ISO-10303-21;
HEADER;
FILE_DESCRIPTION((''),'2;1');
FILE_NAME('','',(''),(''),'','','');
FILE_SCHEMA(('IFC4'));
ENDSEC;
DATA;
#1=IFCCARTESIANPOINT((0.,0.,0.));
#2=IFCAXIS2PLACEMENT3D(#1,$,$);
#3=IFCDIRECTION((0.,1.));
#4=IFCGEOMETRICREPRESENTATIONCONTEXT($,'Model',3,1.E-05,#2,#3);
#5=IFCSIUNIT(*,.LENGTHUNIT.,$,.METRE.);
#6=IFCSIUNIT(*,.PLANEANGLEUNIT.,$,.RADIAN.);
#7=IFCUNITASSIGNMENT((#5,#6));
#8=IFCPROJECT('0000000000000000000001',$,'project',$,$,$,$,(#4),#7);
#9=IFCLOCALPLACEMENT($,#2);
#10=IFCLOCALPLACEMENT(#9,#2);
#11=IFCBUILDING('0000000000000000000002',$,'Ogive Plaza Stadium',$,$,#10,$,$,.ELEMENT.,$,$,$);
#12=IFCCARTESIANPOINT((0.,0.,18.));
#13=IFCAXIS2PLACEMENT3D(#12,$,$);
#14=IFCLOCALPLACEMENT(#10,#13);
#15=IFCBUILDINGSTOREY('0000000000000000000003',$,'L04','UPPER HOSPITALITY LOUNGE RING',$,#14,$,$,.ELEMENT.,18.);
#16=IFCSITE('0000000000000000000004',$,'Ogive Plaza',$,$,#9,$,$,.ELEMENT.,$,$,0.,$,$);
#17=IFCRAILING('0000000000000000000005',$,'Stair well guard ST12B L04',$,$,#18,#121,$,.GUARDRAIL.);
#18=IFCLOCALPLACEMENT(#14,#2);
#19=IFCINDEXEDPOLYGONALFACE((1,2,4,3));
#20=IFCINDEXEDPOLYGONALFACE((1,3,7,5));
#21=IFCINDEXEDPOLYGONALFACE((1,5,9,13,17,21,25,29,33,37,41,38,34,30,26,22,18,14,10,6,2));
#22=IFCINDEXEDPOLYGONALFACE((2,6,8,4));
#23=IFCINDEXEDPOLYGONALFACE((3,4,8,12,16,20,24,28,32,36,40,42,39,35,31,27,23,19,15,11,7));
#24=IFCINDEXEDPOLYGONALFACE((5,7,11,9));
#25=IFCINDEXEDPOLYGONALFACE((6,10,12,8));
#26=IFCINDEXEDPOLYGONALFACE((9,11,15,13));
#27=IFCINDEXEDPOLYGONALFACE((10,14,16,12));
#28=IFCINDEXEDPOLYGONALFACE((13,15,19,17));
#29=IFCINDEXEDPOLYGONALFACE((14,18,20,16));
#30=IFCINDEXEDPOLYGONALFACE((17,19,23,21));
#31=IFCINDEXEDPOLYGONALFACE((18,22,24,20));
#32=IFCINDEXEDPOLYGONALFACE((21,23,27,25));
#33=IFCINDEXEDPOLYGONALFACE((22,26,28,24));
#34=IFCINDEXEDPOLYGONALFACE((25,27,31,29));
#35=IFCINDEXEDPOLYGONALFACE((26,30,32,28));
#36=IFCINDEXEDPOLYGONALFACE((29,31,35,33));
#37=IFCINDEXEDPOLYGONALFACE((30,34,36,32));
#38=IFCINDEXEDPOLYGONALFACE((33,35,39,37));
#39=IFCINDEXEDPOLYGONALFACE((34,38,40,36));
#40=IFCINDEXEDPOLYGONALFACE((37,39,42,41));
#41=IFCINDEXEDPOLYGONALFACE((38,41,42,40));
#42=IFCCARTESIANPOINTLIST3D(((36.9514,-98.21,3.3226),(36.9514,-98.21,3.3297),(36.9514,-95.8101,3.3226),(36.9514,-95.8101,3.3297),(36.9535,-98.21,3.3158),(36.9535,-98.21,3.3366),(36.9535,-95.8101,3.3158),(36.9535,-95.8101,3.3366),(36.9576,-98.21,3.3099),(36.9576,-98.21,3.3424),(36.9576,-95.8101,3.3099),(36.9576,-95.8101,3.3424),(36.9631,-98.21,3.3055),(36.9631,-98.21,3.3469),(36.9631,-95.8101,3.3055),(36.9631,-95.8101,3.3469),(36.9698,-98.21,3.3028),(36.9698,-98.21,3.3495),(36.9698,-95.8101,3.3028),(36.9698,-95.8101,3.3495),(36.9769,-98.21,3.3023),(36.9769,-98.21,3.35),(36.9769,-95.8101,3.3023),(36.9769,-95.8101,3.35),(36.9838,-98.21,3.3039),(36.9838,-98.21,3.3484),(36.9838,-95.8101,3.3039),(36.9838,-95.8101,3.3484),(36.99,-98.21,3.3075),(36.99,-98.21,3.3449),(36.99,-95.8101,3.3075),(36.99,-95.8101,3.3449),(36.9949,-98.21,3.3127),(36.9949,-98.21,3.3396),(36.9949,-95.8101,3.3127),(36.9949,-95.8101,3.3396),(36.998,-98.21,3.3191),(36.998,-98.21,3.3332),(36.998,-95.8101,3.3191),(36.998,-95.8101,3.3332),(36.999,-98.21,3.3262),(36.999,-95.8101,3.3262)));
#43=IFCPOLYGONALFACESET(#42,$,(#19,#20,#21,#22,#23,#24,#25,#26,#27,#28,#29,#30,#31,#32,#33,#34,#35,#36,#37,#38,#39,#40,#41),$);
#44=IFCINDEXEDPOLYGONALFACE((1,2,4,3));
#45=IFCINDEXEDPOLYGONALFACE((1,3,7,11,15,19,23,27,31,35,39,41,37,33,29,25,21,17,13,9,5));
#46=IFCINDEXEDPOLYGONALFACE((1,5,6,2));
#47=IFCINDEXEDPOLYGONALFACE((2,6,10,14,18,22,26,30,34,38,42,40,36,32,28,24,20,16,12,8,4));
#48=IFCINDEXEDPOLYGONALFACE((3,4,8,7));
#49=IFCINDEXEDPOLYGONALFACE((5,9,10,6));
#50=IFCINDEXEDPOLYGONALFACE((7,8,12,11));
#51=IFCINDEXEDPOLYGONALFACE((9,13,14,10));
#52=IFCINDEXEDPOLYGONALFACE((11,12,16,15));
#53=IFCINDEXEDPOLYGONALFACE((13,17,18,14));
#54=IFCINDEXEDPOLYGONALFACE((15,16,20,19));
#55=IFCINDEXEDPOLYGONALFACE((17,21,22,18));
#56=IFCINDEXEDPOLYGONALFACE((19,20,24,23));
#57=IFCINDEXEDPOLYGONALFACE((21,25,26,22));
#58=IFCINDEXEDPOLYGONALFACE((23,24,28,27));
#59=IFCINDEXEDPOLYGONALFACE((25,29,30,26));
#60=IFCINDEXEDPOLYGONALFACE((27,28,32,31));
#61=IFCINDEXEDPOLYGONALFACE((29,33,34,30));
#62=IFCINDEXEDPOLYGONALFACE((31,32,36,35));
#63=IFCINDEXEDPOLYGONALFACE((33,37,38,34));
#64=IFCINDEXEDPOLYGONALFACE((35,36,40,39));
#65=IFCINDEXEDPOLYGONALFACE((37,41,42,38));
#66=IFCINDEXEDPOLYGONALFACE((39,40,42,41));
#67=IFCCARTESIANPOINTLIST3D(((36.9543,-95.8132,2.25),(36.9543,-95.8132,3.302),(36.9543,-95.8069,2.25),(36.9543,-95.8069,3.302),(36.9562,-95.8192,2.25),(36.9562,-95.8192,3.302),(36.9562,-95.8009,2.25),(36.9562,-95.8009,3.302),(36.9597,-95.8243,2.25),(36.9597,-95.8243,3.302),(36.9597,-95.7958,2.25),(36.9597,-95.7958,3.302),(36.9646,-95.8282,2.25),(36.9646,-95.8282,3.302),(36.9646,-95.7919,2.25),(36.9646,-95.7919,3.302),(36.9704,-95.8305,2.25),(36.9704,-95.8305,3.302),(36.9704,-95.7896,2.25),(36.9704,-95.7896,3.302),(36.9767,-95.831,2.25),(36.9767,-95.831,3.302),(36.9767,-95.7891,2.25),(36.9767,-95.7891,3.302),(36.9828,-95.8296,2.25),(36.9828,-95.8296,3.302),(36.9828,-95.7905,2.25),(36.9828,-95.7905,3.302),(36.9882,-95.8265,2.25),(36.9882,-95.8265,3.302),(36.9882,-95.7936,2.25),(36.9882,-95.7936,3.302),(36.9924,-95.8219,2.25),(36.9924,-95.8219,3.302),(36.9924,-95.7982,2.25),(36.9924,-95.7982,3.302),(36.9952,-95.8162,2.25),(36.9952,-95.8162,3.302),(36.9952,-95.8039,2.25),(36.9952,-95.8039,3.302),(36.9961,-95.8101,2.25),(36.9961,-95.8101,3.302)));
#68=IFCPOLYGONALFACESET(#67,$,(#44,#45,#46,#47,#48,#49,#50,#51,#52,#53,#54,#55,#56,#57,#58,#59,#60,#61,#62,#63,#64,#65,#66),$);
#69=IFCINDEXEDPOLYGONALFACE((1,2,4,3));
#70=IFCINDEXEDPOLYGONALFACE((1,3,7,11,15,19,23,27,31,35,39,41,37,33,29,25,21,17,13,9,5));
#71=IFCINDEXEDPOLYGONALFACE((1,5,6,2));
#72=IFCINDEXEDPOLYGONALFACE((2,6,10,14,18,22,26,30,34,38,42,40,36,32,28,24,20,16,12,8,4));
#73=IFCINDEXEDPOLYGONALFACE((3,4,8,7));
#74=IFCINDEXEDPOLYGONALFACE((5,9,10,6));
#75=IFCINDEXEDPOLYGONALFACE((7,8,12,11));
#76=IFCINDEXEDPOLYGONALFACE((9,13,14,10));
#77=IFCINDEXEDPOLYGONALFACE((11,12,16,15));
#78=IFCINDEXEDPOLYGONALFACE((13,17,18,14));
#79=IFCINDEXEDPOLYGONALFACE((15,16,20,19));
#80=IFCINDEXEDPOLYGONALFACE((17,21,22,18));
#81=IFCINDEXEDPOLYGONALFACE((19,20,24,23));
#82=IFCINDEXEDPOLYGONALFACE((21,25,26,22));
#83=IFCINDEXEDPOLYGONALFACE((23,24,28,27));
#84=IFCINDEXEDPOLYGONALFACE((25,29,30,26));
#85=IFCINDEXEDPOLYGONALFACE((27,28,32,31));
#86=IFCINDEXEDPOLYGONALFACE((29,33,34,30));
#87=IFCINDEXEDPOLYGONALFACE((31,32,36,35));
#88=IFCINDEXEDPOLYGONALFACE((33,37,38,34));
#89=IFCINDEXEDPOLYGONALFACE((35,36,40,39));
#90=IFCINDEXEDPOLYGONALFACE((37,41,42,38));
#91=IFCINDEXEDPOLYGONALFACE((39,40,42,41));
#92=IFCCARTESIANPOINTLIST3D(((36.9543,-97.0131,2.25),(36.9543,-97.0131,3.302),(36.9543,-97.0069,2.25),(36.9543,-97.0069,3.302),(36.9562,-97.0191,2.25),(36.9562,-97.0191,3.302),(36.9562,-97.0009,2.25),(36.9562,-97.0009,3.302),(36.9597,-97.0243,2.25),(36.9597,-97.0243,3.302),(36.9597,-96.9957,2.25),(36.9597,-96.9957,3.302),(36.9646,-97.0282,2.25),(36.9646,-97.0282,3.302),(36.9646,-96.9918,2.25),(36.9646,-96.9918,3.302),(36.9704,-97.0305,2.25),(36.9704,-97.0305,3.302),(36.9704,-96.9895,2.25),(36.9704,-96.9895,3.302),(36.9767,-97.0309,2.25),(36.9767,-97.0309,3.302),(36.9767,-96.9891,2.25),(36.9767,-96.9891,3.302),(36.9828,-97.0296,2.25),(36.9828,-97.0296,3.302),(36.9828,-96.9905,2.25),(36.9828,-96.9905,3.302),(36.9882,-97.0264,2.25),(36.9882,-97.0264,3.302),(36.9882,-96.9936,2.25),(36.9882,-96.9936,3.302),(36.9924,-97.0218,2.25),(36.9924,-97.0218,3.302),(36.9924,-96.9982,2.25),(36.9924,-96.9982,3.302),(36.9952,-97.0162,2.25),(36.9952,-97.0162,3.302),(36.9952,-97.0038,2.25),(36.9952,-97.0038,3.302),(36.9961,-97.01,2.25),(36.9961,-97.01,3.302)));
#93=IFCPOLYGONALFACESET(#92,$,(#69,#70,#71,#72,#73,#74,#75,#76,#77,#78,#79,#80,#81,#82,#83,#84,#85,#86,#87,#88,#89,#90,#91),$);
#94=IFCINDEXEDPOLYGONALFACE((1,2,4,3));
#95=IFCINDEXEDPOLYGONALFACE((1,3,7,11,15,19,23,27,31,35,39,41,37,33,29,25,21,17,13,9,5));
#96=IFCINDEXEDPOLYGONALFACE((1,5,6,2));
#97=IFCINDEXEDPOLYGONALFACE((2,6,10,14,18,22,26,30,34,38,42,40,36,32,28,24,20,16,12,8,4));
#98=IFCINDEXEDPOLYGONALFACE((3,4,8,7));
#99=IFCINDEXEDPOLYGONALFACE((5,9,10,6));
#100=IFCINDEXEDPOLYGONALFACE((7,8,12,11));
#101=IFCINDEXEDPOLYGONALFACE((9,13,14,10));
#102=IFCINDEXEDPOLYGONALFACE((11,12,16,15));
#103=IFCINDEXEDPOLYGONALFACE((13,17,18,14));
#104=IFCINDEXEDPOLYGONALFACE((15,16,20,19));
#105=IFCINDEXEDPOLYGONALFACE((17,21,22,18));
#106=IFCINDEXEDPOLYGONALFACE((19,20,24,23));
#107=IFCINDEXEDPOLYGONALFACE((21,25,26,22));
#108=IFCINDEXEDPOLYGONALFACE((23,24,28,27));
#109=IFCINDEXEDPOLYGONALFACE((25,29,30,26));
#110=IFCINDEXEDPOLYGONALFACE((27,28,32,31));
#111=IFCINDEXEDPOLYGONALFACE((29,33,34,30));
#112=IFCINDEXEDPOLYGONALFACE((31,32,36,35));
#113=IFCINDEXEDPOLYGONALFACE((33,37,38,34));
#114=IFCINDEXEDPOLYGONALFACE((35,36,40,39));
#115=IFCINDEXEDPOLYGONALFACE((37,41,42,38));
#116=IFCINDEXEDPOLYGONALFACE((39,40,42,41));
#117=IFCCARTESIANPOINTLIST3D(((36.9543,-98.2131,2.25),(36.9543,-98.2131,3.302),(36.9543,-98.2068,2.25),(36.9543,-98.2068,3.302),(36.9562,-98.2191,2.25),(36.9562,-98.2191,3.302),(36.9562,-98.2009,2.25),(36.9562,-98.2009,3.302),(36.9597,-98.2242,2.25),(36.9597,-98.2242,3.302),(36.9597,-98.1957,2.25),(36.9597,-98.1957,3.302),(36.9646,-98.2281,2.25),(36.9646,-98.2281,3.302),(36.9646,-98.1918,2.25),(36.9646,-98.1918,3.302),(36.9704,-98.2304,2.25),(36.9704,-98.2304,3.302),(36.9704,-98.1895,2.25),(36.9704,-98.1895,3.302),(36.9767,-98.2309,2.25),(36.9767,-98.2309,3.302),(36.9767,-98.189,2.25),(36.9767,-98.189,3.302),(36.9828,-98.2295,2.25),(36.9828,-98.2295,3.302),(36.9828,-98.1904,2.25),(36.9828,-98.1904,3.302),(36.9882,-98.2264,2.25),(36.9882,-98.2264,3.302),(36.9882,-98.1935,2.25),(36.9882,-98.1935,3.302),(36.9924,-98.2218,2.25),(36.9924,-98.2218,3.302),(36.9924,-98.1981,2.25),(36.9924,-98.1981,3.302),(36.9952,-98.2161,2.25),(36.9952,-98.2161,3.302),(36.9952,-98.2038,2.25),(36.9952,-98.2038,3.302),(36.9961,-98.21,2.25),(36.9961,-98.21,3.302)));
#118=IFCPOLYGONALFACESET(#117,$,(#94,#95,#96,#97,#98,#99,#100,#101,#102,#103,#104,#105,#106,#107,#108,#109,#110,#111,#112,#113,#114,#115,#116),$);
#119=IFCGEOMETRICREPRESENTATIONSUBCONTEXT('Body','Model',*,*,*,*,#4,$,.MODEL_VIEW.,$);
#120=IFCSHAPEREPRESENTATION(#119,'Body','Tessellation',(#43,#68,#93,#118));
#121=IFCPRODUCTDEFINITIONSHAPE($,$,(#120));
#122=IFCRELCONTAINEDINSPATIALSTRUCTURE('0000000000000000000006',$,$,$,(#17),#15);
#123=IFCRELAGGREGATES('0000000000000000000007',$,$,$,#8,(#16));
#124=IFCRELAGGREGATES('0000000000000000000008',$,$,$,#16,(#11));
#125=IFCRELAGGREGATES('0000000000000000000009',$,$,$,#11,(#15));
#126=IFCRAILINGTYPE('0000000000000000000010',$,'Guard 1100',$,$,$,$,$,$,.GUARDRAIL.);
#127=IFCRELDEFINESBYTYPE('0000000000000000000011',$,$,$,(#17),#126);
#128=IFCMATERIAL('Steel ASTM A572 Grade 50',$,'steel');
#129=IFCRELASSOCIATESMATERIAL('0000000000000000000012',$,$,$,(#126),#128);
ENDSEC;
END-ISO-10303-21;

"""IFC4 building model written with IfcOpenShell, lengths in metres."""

from ifc_helpers import new_model, si_unit, direction, frame, origin, origin_2d, place, context, subcontext, project, spatial, circle, extrude, material, type_object, element, save


model = new_model("IFC4")

# Units and contexts
model_context = context("Model", 3, precision=1e-05, world=origin(), true_north=direction((0.0, 1.0)))
body_context = subcontext(model_context, "Body", "Model", "MODEL_VIEW")
ifc_project = project(units=[si_unit("LENGTHUNIT", "METRE"), si_unit("PLANEANGLEUNIT", "RADIAN")], contexts=[model_context])

# Site, building, storey
site_placement = place(None, origin())
site = spatial("IfcSite", under=ifc_project, at=site_placement, Name="Ogive Plaza", CompositionType="ELEMENT", RefElevation=0.0)
building_placement = place(site_placement, origin())
building = spatial("IfcBuilding", under=site, at=building_placement, Name="Ogive Plaza Stadium", CompositionType="ELEMENT")
storey_placement = place(building_placement, frame((0.0, 0.0, 18.0)))
storey = spatial("IfcBuildingStorey", under=building, at=storey_placement, Name="L04", Description="UPPER HOSPITALITY LOUNGE RING", CompositionType="ELEMENT", Elevation=18.0)

# Railing
ifc_material_1 = material(Name="Steel ASTM A572 Grade 50", Category="steel")
railing_type_1 = type_object("IfcRailingType", Name="Guard 1100", PredefinedType="GUARDRAIL", material=ifc_material_1)
for number, where, name in (
    (1, (36.9751, -95.8101, 2.25), "Stair well guard ST12B L04"),
):
    element("IfcRailing", number, at=place(storey_placement, frame(where)), inside=storey, type_object=railing_type_1, Name=name, PredefinedType="GUARDRAIL", context=body_context, shape_type="SweptSolid", body=[
        extrude(circle(Radius=0.0239, at=origin_2d()), frame((0.0, 0.0, 1.0762), z_axis=(0.0, -1.0, 0.0), x_axis=(1.0, 0.0, 0.0)), (0.0, 0.0, 1.0), 2.3999),
        extrude(circle(Radius=0.021, at=origin_2d()), origin(), (0.0, 0.0, 1.0), 1.052),
        extrude(circle(Radius=0.021, at=origin_2d()), frame((0.0, -1.2, 0.0)), (0.0, 0.0, 1.0), 1.052),
        extrude(circle(Radius=0.021, at=origin_2d()), frame((0.0, -2.3999, 0.0)), (0.0, 0.0, 1.0), 1.052),
    ])

save(model, "model.ifc")
